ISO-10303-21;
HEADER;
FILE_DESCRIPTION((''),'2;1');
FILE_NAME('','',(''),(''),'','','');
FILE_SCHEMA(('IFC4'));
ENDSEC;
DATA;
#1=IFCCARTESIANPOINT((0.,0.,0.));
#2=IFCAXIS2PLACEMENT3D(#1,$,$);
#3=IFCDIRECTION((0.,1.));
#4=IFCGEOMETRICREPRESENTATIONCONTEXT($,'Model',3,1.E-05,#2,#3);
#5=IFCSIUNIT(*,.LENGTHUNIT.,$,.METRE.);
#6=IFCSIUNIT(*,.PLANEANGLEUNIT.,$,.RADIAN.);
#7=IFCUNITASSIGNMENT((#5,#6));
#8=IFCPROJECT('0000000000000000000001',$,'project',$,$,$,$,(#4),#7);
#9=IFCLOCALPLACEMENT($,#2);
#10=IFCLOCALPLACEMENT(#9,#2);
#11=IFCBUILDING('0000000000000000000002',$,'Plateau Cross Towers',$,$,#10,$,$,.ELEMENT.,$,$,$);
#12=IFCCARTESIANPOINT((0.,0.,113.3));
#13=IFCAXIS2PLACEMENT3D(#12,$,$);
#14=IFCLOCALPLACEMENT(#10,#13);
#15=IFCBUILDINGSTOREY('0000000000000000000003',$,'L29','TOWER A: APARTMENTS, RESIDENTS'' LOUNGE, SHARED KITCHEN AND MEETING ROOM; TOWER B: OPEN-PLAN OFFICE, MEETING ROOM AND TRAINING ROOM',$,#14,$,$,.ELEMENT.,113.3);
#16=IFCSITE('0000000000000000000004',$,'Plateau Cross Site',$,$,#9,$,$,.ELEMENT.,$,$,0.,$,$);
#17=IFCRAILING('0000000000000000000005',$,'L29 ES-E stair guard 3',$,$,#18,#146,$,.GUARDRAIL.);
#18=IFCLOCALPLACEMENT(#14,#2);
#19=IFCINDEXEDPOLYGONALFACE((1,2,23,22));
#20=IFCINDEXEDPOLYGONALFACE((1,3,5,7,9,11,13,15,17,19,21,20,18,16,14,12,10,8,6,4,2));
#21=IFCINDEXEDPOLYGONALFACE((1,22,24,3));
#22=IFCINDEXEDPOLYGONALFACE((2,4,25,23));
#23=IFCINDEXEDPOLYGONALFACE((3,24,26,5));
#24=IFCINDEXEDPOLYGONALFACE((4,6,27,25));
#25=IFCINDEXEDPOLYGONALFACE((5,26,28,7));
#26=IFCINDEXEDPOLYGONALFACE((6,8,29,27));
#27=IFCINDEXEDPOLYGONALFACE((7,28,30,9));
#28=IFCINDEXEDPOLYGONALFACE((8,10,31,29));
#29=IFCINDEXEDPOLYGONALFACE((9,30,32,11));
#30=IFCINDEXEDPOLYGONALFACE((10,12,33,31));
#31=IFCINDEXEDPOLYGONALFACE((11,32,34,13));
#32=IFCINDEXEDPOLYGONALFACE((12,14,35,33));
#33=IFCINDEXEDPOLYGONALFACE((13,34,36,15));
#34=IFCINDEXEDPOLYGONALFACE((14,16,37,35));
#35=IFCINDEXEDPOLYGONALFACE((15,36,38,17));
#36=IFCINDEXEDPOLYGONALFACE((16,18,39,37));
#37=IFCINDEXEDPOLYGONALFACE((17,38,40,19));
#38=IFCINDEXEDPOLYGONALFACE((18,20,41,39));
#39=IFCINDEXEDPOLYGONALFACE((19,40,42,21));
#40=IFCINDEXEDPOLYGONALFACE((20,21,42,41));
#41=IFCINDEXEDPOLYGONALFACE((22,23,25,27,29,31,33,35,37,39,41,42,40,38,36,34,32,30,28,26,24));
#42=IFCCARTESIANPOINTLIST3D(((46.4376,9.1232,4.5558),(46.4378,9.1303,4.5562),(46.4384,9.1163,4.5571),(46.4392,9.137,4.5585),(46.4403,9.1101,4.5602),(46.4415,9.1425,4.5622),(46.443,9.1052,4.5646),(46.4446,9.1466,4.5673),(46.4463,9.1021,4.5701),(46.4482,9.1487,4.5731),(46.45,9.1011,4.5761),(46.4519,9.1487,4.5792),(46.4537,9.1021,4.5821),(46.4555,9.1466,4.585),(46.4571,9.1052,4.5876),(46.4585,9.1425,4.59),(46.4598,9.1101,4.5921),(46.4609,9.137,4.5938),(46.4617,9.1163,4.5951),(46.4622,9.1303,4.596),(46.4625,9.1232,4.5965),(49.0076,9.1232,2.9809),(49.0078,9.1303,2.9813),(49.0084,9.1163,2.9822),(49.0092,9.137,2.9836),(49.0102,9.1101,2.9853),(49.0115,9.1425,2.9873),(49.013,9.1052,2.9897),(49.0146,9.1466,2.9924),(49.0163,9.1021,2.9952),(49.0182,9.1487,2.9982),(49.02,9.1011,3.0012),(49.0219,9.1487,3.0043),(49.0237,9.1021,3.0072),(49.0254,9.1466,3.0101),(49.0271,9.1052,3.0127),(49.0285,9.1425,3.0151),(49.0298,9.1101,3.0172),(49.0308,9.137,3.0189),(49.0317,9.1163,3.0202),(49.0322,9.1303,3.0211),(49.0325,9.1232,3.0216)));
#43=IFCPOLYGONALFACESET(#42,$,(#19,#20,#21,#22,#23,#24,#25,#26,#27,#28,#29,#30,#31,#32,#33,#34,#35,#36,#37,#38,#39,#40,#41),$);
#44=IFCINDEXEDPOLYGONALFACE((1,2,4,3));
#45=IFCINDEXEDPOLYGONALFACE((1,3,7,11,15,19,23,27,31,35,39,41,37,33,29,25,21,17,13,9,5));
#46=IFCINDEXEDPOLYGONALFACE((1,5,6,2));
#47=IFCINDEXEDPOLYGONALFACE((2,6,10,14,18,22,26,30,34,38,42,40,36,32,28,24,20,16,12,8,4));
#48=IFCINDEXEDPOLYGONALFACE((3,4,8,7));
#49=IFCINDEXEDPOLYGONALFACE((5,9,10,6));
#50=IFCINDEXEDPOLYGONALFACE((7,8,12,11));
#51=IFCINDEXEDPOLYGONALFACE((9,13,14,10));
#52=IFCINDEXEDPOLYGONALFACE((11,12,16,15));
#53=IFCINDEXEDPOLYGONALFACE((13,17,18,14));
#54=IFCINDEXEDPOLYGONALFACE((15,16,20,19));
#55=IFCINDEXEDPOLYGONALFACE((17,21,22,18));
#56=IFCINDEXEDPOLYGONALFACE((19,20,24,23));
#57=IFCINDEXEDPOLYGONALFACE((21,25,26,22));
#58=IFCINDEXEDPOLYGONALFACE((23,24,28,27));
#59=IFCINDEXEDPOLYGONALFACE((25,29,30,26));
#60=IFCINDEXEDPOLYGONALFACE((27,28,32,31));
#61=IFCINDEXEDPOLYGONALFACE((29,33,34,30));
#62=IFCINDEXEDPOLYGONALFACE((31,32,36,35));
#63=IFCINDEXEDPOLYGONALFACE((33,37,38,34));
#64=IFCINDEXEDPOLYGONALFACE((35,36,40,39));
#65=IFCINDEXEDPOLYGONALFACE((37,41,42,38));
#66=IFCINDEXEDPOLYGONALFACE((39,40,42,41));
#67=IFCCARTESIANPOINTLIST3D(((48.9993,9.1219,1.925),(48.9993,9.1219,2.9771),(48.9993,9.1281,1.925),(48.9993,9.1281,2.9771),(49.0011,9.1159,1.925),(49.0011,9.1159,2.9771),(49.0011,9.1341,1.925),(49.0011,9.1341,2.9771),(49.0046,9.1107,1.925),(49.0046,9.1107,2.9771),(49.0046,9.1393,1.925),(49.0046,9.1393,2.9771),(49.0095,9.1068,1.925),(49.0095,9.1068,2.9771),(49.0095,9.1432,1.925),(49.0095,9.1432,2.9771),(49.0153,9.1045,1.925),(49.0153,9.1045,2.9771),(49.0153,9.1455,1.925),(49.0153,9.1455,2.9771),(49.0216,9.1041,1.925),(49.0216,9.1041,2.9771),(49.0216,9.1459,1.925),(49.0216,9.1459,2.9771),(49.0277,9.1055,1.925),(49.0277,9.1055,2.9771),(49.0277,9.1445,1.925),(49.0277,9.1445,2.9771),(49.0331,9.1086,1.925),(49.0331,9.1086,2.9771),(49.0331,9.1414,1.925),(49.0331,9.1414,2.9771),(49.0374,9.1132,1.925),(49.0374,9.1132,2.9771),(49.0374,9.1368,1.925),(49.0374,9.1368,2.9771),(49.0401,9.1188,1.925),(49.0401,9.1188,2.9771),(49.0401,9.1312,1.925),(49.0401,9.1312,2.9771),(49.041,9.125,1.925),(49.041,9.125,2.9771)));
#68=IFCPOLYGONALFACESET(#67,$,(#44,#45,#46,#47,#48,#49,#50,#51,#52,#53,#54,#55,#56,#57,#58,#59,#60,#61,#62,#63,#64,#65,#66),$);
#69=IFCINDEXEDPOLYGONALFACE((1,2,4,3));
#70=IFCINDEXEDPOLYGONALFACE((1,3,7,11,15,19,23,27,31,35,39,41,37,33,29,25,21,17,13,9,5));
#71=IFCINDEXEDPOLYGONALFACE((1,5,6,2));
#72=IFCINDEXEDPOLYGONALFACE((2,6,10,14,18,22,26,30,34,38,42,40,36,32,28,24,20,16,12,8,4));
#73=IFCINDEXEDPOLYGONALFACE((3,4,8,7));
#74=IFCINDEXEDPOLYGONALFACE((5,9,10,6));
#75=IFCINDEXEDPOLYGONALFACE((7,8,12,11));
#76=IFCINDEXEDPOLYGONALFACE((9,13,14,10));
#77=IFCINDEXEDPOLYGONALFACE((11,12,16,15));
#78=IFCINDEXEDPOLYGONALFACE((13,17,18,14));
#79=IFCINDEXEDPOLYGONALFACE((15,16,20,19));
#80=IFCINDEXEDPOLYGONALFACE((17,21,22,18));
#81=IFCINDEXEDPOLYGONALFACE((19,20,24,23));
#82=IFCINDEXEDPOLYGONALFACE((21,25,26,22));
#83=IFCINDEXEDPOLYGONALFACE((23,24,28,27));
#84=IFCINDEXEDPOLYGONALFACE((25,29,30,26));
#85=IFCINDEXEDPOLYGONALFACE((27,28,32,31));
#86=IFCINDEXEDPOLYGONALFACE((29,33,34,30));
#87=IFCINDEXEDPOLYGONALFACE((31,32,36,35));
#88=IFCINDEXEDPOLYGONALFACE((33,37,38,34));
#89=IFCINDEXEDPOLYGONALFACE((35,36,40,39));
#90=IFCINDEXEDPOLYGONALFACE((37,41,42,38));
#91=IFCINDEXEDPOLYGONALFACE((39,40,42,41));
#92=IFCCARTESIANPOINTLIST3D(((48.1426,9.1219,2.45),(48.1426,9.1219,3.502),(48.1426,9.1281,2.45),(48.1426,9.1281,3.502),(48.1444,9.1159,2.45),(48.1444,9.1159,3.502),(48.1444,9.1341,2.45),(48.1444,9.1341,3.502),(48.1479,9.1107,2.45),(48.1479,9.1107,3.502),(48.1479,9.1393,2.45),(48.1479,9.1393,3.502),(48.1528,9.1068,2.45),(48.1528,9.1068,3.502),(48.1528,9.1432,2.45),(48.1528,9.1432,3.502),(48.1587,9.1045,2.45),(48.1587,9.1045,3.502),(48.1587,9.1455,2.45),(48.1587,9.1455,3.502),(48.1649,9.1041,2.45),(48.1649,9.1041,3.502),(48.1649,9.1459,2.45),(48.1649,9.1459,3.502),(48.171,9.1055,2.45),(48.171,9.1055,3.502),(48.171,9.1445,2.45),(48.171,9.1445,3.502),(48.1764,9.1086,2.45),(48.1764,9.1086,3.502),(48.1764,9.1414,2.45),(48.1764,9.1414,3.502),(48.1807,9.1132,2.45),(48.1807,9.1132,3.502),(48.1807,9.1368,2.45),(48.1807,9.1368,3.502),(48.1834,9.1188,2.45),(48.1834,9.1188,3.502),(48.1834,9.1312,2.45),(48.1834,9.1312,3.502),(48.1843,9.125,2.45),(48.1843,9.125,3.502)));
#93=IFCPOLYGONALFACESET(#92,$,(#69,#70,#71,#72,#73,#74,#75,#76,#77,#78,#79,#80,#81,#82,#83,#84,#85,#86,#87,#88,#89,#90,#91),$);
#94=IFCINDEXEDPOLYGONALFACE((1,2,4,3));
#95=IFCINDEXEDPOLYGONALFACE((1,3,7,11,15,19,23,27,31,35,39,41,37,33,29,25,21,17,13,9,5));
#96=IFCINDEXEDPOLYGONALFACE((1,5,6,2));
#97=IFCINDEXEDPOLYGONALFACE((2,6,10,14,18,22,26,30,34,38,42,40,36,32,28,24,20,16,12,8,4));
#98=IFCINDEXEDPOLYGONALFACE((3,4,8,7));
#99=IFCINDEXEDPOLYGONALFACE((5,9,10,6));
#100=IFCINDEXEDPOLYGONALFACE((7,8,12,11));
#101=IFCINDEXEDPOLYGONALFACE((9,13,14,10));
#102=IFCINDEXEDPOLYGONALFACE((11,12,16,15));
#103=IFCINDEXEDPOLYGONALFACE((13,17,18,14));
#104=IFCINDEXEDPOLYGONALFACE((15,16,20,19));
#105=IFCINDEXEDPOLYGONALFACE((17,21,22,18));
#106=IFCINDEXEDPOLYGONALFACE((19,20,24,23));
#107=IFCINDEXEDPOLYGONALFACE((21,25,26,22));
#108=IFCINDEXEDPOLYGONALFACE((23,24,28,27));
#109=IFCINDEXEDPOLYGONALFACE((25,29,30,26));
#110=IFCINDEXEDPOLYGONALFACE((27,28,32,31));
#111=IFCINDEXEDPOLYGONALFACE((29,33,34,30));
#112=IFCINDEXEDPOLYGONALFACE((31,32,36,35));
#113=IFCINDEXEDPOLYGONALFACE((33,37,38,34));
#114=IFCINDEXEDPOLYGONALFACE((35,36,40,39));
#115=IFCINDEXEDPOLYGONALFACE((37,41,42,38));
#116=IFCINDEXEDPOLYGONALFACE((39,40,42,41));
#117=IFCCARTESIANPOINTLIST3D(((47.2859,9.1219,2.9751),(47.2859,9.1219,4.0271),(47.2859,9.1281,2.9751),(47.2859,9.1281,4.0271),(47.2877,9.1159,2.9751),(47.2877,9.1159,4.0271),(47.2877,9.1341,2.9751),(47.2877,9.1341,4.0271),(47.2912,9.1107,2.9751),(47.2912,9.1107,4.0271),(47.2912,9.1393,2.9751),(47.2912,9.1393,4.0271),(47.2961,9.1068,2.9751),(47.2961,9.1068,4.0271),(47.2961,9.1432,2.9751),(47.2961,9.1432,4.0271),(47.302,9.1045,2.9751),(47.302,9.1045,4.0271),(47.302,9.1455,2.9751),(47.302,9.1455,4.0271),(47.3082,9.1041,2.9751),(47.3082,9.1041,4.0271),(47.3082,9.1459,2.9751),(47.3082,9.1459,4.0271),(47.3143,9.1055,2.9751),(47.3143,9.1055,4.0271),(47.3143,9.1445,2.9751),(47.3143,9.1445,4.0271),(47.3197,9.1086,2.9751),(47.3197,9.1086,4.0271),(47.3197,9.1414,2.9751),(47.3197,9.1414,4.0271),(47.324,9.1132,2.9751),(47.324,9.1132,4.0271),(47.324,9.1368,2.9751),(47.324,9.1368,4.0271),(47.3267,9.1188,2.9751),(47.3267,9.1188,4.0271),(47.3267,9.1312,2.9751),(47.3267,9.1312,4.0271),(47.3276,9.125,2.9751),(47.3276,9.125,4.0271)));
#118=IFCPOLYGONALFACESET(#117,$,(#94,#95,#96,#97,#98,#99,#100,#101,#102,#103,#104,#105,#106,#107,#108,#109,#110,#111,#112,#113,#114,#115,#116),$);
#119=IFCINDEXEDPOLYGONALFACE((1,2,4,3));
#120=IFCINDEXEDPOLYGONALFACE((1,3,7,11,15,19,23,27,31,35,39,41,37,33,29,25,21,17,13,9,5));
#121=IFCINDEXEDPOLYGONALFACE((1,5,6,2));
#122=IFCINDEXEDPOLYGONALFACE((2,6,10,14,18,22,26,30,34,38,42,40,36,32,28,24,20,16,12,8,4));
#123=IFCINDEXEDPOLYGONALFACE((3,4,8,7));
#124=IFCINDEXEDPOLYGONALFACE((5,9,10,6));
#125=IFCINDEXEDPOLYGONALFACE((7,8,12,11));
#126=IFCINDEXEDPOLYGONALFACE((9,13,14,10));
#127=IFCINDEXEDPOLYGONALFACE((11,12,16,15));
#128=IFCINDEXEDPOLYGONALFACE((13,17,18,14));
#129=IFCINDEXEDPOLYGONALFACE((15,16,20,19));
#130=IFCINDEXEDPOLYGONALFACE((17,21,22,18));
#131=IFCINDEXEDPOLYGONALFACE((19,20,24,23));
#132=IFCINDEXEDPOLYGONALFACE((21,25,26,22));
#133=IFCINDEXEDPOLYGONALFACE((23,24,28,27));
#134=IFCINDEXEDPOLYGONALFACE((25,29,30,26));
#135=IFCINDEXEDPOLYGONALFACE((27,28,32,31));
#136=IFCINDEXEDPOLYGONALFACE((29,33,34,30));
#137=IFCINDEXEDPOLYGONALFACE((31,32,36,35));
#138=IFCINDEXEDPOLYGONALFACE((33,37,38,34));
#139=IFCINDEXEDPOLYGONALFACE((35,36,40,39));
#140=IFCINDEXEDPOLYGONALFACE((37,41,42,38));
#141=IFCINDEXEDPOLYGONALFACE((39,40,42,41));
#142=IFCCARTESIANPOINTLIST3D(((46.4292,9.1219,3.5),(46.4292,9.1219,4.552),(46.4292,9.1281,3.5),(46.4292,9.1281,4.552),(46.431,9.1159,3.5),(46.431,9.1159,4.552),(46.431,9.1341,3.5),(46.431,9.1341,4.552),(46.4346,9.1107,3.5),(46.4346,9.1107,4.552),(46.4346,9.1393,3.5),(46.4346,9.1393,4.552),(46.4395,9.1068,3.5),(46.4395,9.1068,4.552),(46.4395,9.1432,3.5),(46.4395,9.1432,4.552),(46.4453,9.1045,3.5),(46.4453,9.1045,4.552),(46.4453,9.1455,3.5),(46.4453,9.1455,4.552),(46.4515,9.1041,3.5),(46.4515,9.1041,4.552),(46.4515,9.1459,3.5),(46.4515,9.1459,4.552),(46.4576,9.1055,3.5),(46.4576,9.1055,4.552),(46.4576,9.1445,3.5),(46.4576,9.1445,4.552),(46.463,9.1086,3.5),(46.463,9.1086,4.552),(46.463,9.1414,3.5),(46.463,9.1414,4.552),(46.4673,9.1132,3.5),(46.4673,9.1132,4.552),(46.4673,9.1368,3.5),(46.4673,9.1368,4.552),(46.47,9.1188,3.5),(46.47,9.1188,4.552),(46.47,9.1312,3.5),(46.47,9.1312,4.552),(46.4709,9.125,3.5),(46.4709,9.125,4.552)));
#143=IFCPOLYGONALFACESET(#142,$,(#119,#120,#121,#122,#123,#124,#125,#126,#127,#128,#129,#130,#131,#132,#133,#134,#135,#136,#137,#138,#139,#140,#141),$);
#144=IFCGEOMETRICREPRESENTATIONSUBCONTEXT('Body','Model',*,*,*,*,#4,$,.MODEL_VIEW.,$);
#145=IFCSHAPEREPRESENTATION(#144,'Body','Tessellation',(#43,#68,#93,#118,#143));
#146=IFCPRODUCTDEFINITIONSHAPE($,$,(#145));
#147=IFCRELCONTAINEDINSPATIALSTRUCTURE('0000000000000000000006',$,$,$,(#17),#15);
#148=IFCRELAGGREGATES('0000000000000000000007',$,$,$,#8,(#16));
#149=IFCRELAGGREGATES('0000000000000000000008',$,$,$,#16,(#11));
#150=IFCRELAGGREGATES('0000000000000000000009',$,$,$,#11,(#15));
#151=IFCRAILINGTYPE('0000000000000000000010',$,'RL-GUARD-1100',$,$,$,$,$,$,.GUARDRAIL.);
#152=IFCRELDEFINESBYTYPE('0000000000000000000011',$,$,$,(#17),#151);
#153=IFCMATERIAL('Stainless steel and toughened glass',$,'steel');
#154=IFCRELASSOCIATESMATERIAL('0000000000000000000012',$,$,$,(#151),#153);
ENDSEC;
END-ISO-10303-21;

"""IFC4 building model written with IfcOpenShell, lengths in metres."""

from ifc_helpers import new_model, si_unit, direction, frame, origin, origin_2d, place, context, subcontext, project, spatial, circle, extrude, material, type_object, element, save


model = new_model("IFC4")

# Units and contexts
model_context = context("Model", 3, precision=1e-05, world=origin(), true_north=direction((0.0, 1.0)))
body_context = subcontext(model_context, "Body", "Model", "MODEL_VIEW")
ifc_project = project(units=[si_unit("LENGTHUNIT", "METRE"), si_unit("PLANEANGLEUNIT", "RADIAN")], contexts=[model_context])

# Site, building, storey
site_placement = place(None, origin())
site = spatial("IfcSite", under=ifc_project, at=site_placement, Name="Plateau Cross Site", CompositionType="ELEMENT", RefElevation=0.0)
building_placement = place(site_placement, origin())
building = spatial("IfcBuilding", under=site, at=building_placement, Name="Plateau Cross Towers", CompositionType="ELEMENT")
storey_placement = place(building_placement, frame((0.0, 0.0, 113.3)))
storey = spatial("IfcBuildingStorey", under=building, at=storey_placement, Name="L29", Description="TOWER A: APARTMENTS, RESIDENTS' LOUNGE, SHARED KITCHEN AND MEETING ROOM; TOWER B: OPEN-PLAN OFFICE, MEETING ROOM AND TRAINING ROOM", CompositionType="ELEMENT", Elevation=113.3)

# Railing
ifc_material_1 = material(Name="Stainless steel and toughened glass", Category="steel")
railing_type_1 = type_object("IfcRailingType", Name="RL-GUARD-1100", PredefinedType="GUARDRAIL", material=ifc_material_1)
railing_1_placement = place(storey_placement, frame((49.02, 9.125, 1.925)))
element("IfcRailing", 1, at=railing_1_placement, inside=storey, type_object=railing_type_1, Name="L29 ES-E stair guard 3", PredefinedType="GUARDRAIL", context=body_context, shape_type="SweptSolid", body=[
    extrude(circle(Radius=0.0239, at=origin_2d()), frame((0.0, 0.0, 1.0762), z_axis=(-0.852639, 0.0, 0.522501), x_axis=(0.0, -1.0, 0.0)), (0.0, 0.0, 1.0), 3.0142),
    extrude(circle(Radius=0.021, at=origin_2d()), origin(), (0.0, 0.0, 1.0), 1.052),
    extrude(circle(Radius=0.021, at=origin_2d()), frame((-0.8567, 0.0, 0.5249)), (0.0, 0.0, 1.0), 1.052),
    extrude(circle(Radius=0.021, at=origin_2d()), frame((-1.7134, 0.0, 1.05)), (0.0, 0.0, 1.0), 1.052),
    extrude(circle(Radius=0.021, at=origin_2d()), frame((-2.5701, 0.0, 1.575)), (0.0, 0.0, 1.0), 1.052),
])

save(model, "model.ifc")
